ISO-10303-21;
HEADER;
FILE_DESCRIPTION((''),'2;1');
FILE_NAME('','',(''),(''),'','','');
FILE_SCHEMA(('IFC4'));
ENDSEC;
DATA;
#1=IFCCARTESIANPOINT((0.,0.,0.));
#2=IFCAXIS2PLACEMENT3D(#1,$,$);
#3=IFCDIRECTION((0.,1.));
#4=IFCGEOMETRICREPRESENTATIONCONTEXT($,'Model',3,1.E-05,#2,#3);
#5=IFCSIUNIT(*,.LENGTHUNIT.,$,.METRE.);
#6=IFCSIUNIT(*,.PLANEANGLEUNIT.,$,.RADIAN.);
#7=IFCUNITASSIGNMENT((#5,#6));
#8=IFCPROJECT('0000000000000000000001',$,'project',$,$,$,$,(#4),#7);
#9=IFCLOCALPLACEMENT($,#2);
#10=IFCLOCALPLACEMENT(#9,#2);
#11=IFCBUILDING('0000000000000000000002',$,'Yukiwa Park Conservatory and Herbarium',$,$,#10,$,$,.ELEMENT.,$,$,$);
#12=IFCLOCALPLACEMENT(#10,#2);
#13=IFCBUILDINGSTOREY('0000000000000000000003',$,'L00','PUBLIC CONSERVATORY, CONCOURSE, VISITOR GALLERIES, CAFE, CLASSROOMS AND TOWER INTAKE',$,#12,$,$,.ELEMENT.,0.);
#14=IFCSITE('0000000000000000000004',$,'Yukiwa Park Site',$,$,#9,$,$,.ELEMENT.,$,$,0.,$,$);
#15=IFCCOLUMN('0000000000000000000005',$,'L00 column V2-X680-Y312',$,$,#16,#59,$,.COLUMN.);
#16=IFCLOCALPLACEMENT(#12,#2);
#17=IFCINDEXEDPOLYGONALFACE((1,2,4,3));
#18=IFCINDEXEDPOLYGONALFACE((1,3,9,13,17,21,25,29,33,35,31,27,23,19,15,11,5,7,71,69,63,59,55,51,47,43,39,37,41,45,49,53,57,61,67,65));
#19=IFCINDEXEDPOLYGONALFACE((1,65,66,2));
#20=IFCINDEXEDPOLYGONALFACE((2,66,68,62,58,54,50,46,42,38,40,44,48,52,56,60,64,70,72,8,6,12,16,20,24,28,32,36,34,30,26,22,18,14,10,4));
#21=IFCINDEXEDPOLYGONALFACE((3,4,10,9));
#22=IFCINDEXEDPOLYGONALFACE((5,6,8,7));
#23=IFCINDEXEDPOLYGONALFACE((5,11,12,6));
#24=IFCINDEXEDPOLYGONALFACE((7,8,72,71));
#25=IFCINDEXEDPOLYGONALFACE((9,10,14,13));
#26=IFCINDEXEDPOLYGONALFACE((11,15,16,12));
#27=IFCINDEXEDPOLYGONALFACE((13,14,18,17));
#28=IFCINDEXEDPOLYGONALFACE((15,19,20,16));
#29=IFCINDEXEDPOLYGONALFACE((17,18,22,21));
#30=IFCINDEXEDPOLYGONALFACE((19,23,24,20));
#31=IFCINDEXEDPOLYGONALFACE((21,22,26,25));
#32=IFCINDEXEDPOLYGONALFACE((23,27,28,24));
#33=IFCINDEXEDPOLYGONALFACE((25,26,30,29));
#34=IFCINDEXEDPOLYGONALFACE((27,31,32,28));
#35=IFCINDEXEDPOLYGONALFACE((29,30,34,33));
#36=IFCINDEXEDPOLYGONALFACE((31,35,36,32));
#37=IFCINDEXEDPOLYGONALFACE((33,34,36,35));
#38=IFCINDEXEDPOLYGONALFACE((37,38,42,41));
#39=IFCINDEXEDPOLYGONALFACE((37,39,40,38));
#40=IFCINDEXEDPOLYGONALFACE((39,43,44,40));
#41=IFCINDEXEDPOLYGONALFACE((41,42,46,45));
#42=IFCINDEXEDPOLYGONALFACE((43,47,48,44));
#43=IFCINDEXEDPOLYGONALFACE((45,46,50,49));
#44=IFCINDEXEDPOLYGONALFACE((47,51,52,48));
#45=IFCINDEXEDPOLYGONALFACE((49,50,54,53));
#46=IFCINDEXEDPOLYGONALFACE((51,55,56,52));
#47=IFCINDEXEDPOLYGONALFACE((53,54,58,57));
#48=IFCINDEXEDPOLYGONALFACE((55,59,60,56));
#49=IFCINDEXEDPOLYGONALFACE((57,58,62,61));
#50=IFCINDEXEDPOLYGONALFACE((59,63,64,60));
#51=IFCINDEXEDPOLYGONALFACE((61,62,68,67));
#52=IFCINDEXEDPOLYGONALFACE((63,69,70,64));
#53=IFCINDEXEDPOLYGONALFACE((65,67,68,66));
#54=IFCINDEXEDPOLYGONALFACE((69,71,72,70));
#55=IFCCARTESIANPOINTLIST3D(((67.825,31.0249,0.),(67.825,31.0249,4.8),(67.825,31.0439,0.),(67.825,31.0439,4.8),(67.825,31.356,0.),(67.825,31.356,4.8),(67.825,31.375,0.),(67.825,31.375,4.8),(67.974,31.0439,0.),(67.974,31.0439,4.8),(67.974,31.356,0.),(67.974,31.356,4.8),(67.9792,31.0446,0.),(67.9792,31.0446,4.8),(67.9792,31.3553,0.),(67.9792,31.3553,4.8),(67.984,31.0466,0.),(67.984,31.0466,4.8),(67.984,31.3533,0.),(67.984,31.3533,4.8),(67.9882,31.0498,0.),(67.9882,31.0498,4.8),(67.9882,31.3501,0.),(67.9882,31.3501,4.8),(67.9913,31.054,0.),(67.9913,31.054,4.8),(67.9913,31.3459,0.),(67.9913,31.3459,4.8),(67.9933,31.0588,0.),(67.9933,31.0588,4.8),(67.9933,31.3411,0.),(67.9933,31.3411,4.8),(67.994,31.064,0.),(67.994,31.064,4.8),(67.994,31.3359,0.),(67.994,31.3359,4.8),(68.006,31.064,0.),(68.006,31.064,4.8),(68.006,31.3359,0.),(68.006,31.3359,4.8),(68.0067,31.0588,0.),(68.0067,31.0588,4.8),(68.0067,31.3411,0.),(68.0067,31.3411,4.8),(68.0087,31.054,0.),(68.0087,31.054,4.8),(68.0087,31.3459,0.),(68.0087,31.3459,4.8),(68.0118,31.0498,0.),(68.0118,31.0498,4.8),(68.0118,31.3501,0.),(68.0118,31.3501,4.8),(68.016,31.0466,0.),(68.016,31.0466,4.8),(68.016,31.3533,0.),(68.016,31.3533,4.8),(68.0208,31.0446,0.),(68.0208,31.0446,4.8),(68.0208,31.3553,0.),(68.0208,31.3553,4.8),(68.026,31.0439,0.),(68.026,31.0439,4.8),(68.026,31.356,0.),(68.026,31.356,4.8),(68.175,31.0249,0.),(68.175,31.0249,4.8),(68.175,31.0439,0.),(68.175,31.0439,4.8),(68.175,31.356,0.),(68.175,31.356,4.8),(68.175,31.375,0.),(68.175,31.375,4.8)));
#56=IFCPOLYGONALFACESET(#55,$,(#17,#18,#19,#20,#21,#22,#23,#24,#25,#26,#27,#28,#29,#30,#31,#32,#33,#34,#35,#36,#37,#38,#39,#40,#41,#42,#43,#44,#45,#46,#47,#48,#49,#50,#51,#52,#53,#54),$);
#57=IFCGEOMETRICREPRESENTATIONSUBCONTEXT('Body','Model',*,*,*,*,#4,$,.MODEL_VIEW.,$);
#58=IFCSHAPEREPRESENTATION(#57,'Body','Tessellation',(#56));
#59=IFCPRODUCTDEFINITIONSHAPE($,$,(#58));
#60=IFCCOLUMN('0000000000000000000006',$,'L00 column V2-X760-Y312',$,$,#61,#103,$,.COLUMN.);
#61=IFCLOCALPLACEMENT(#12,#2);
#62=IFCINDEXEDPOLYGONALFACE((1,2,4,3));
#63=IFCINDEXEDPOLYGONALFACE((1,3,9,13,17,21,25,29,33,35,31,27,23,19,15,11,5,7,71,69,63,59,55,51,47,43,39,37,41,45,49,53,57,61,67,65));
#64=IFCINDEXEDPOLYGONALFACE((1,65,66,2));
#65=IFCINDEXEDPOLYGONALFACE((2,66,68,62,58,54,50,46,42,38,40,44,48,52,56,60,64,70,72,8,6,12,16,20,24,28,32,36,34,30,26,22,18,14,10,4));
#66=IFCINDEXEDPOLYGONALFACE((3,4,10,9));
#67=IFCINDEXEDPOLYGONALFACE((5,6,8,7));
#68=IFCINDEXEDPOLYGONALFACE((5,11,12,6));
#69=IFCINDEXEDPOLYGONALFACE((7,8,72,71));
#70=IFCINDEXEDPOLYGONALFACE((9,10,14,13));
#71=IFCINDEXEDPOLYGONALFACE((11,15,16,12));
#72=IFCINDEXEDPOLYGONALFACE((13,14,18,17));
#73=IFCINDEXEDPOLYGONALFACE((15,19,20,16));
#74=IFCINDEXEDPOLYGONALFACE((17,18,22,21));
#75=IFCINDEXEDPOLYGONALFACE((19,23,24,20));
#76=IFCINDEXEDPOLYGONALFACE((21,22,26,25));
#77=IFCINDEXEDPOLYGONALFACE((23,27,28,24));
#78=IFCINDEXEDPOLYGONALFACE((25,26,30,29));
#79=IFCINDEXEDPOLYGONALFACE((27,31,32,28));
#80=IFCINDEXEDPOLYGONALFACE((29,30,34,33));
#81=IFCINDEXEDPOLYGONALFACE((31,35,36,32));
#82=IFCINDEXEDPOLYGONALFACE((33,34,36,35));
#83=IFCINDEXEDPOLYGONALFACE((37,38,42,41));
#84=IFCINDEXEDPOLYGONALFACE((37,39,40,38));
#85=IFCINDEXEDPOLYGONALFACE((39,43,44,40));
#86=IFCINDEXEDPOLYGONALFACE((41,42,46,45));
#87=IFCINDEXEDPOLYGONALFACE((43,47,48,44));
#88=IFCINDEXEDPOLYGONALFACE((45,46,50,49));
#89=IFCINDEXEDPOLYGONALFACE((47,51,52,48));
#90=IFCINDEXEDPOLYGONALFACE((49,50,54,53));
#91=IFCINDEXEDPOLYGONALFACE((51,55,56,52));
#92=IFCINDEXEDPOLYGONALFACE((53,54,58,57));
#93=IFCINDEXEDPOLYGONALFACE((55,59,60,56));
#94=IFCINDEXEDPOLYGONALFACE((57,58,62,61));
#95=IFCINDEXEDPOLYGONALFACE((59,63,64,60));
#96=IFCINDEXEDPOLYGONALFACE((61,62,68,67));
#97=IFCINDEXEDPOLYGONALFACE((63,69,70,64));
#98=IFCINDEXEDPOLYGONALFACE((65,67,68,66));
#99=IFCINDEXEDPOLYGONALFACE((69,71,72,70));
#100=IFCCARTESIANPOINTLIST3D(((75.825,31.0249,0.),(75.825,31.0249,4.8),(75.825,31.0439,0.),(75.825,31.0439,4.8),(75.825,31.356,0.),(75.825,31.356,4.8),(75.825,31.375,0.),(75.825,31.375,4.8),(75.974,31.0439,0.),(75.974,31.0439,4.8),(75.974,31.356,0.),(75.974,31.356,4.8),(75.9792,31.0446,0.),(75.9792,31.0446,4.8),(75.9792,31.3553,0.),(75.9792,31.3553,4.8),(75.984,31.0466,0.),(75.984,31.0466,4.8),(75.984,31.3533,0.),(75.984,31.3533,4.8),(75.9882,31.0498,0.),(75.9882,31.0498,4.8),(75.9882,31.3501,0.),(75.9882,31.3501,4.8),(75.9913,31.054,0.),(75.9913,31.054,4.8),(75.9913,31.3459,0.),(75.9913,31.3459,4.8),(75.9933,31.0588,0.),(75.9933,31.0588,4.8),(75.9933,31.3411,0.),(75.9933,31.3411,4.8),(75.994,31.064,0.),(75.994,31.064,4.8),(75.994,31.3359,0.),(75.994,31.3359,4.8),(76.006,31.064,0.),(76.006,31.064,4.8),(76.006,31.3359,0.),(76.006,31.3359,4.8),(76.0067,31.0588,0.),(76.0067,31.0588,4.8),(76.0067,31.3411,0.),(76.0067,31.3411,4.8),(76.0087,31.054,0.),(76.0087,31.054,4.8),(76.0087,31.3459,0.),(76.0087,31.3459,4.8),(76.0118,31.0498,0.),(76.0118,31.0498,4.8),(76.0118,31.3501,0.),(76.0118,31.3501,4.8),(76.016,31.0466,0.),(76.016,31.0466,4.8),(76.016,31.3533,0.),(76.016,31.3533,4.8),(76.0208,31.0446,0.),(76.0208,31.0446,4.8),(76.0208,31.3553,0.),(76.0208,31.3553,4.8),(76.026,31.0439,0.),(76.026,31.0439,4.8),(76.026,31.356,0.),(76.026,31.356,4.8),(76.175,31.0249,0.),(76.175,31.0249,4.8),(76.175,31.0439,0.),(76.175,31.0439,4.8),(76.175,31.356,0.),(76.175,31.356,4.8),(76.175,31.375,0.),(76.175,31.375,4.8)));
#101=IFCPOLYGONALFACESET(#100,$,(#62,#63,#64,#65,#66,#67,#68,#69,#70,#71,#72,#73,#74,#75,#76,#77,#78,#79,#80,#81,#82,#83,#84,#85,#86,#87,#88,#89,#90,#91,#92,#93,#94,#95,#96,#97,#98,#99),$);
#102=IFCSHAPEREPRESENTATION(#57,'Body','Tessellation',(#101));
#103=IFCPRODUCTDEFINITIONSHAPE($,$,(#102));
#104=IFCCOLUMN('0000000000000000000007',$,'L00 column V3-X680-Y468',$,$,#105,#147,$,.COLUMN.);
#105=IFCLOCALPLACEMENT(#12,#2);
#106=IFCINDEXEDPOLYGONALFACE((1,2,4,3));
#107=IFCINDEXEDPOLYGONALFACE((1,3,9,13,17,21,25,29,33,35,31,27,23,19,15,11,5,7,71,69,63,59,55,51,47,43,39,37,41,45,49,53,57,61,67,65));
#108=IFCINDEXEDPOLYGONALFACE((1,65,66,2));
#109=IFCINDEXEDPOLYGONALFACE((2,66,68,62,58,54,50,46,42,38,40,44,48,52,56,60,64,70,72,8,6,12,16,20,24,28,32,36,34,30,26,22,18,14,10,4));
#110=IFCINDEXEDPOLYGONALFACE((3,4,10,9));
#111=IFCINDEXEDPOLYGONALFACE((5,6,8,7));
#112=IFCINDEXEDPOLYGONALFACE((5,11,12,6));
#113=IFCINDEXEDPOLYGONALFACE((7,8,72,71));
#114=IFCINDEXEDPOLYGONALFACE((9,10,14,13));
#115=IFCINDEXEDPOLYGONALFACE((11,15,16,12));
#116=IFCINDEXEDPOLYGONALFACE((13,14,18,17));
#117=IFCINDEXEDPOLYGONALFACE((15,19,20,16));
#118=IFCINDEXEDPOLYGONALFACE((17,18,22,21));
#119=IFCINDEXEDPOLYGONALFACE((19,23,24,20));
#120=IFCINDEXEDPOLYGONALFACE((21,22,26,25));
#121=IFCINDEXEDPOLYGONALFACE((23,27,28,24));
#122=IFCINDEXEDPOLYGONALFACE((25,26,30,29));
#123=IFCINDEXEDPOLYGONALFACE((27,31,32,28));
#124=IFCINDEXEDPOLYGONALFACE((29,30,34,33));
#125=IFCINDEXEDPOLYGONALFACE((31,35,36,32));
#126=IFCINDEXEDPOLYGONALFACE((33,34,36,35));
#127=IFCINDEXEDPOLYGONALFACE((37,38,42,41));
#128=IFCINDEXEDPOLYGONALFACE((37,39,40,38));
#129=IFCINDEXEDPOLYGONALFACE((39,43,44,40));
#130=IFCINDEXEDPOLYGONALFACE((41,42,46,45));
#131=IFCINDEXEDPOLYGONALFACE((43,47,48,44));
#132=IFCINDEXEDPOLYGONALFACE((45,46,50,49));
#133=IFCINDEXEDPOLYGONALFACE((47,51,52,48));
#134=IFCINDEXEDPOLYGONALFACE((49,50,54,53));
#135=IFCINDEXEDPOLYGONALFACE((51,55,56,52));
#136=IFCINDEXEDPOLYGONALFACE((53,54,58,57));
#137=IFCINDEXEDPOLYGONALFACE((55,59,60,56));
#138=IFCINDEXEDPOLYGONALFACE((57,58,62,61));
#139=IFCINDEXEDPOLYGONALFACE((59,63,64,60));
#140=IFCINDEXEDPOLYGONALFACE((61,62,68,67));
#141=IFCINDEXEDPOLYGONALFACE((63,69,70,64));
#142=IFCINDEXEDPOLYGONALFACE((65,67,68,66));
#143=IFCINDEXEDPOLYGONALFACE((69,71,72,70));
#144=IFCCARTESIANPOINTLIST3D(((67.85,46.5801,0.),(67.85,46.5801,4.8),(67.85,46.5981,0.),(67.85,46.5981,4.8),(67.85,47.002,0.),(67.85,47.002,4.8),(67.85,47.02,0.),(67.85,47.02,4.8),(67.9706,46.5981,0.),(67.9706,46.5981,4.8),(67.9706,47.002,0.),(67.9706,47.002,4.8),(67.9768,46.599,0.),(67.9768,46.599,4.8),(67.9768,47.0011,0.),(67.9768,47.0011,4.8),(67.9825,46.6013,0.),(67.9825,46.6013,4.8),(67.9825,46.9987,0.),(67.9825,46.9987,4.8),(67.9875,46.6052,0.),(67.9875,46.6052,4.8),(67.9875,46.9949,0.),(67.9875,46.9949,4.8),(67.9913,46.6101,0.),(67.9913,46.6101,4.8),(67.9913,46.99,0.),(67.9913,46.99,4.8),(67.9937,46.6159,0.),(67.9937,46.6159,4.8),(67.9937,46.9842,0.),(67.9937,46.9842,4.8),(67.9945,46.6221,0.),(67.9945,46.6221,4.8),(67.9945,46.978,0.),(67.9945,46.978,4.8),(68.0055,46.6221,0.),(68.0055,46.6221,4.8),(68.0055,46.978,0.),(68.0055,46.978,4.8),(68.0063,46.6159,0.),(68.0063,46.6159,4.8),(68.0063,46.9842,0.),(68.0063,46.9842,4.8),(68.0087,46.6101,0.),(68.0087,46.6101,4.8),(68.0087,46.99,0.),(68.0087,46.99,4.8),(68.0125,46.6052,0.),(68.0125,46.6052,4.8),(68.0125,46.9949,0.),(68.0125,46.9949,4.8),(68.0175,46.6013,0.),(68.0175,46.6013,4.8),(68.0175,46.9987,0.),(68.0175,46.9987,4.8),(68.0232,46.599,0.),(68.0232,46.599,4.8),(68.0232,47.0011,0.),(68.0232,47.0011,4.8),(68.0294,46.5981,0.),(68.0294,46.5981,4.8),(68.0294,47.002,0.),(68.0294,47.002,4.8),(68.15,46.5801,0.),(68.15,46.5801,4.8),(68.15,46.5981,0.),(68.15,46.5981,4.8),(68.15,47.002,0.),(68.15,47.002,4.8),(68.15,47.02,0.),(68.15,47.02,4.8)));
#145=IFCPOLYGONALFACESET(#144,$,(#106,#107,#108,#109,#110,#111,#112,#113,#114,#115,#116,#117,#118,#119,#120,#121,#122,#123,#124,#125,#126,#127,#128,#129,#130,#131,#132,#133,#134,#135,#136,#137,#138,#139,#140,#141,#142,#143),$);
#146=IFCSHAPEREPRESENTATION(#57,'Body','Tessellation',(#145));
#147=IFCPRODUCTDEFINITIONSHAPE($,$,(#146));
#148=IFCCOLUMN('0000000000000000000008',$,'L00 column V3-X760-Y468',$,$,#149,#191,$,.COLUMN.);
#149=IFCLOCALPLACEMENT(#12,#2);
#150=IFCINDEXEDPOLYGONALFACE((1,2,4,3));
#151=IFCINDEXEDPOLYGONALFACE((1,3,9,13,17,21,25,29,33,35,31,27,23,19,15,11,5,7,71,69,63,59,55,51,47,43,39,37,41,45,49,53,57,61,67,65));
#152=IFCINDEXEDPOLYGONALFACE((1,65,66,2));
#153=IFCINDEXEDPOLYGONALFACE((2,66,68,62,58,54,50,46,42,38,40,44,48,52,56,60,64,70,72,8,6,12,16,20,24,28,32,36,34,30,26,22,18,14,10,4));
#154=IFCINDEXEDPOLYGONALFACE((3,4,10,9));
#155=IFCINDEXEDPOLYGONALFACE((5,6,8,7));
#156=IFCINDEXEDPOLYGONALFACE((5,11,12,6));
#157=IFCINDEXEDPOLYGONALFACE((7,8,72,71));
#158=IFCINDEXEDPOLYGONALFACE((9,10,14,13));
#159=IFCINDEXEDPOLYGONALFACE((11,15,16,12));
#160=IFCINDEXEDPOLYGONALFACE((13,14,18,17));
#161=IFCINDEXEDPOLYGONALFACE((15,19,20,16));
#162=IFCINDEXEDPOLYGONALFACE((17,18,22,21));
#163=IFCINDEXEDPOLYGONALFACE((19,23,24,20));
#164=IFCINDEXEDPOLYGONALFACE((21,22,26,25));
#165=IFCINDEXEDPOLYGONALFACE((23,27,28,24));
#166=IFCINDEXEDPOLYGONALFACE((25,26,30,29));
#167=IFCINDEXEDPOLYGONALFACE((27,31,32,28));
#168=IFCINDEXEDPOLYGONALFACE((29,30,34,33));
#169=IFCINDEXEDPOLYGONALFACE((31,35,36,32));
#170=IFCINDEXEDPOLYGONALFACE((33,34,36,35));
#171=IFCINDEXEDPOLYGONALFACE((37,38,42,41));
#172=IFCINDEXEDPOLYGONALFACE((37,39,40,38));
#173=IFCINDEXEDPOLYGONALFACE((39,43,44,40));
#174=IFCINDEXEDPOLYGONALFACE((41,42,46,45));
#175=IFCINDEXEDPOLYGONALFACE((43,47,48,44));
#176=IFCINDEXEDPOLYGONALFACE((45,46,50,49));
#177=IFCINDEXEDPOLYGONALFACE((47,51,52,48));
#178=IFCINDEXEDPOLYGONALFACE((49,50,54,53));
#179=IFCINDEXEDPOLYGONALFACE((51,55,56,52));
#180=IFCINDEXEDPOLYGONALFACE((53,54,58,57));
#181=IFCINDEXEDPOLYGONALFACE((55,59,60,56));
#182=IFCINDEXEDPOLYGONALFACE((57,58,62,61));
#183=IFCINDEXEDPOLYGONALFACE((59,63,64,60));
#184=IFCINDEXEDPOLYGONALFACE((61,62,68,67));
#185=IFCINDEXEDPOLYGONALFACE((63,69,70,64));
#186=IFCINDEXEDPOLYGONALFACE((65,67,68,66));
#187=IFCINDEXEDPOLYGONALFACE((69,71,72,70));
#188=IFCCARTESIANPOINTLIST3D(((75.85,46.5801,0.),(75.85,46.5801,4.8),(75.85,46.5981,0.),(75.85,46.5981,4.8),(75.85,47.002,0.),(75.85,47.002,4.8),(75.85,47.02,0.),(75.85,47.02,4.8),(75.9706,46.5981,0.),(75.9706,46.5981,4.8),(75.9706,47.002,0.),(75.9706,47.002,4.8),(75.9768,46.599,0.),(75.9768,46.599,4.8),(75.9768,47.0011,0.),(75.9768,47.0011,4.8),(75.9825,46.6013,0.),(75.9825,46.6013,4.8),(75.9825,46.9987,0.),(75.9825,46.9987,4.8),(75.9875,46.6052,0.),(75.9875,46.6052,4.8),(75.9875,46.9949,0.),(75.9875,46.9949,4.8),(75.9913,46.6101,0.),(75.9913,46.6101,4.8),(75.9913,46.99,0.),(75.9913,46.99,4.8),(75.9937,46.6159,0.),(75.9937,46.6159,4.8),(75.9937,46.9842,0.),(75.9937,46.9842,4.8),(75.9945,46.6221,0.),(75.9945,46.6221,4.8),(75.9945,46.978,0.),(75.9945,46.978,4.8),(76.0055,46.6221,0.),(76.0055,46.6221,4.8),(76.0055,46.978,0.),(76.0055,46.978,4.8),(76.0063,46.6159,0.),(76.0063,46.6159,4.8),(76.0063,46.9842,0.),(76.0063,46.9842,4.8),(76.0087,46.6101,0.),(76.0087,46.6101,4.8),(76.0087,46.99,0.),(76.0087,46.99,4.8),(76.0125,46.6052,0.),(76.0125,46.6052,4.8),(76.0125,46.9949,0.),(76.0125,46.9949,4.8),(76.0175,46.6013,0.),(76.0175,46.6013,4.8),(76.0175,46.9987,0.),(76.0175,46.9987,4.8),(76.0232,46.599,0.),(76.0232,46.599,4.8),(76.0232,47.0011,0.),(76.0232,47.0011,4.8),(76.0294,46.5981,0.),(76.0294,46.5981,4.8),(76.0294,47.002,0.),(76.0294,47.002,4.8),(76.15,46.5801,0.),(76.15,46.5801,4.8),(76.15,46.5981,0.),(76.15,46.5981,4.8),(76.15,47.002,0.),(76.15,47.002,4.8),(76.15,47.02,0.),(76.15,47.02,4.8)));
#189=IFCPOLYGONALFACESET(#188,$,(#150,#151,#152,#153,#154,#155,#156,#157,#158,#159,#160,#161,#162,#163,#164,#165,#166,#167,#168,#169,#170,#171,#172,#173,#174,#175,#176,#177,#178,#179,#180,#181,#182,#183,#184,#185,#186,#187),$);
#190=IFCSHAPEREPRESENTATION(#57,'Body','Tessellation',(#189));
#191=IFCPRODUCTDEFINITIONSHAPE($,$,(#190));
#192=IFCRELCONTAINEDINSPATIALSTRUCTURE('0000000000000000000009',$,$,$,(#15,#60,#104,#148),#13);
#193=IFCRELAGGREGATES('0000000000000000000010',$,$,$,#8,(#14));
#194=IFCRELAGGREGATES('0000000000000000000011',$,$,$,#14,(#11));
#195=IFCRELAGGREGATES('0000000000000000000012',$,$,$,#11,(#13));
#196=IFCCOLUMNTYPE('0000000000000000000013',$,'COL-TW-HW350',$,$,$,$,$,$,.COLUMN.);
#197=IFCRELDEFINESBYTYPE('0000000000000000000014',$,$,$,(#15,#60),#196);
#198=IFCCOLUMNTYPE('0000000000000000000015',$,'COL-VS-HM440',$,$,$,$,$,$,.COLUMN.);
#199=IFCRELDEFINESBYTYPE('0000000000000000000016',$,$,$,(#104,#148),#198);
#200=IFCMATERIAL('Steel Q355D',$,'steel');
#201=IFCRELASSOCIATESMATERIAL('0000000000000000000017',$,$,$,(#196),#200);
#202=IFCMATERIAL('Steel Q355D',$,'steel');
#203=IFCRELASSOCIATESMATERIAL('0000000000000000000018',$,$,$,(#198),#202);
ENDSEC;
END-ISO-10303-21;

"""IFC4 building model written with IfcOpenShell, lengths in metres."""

from ifc_helpers import new_model, si_unit, direction, frame, origin, origin_2d, place, context, subcontext, project, spatial, i_section, extrude, material, material_profile, profile_set, type_object, element, save


model = new_model("IFC4")

# Units and contexts
model_context = context("Model", 3, precision=1e-05, world=origin(), true_north=direction((0.0, 1.0)))
body_context = subcontext(model_context, "Body", "Model", "MODEL_VIEW")
ifc_project = project(units=[si_unit("LENGTHUNIT", "METRE"), si_unit("PLANEANGLEUNIT", "RADIAN")], contexts=[model_context])

# Site, building, storey
site_placement = place(None, origin())
site = spatial("IfcSite", under=ifc_project, at=site_placement, Name="Yukiwa Park Site", CompositionType="ELEMENT", RefElevation=0.0)
building_placement = place(site_placement, origin())
building = spatial("IfcBuilding", under=site, at=building_placement, Name="Yukiwa Park Conservatory and Herbarium", CompositionType="ELEMENT")
storey_placement = place(building_placement, origin())
storey = spatial("IfcBuildingStorey", under=building, at=storey_placement, Name="L00", Description="PUBLIC CONSERVATORY, CONCOURSE, VISITOR GALLERIES, CAFE, CLASSROOMS AND TOWER INTAKE", CompositionType="ELEMENT", Elevation=0.0)

# Columns
ifc_material_1 = material(Name="Steel Q355D", Category="steel")
ifc_material_profile_1 = material_profile(ifc_material_1, i_section(OverallWidth=0.3501, OverallDepth=0.3501, WebThickness=0.012, FlangeThickness=0.019, FilletRadius=0.02, at=origin_2d()), Name="HW 350x350x12x19")
ifc_profile_set_1 = profile_set([ifc_material_profile_1], Name="Steel Q355D")
column_type_1 = type_object("IfcColumnType", Name="COL-TW-HW350", PredefinedType="COLUMN", material=ifc_profile_set_1)
for number, where, z_axis, x_axis, name in (
    (1, (68.0, 31.2, 0.0), (0.0, 0.0, 1.0), (1.0, 0.0, 0.0), "L00 column V2-X680-Y312"),
    (2, (76.0, 31.2, 0.0), (0.0, 0.0, 1.0), (1.0, 0.0, 0.0), "L00 column V2-X760-Y312"),
):
    element("IfcColumn", number, at=place(storey_placement, frame(where, z_axis=z_axis, x_axis=x_axis)), inside=storey, type_object=column_type_1, Name=name, PredefinedType="COLUMN", context=body_context, shape_type="SweptSolid", body=[
        extrude(i_section(OverallWidth=0.3501, OverallDepth=0.3501, WebThickness=0.012, FlangeThickness=0.019, FilletRadius=0.02, at=origin_2d()), origin(), (0.0, 0.0, 1.0), 4.8),
    ])
ifc_material_2 = material(Name="Steel Q355D", Category="steel")
ifc_material_profile_2 = material_profile(ifc_material_2, i_section(OverallWidth=0.3, OverallDepth=0.4399, WebThickness=0.011, FlangeThickness=0.0181, FilletRadius=0.0239, at=origin_2d()), Name="HM 440x300x11x18")
ifc_profile_set_2 = profile_set([ifc_material_profile_2], Name="Steel Q355D")
column_type_2 = type_object("IfcColumnType", Name="COL-VS-HM440", PredefinedType="COLUMN", material=ifc_profile_set_2)
for number, where, z_axis, x_axis, name in (
    (3, (68.0, 46.8, 0.0), (0.0, 0.0, 1.0), (1.0, 0.0, 0.0), "L00 column V3-X680-Y468"),
    (4, (76.0, 46.8, 0.0), (0.0, 0.0, 1.0), (1.0, 0.0, 0.0), "L00 column V3-X760-Y468"),
):
    element("IfcColumn", number, at=place(storey_placement, frame(where, z_axis=z_axis, x_axis=x_axis)), inside=storey, type_object=column_type_2, Name=name, PredefinedType="COLUMN", context=body_context, shape_type="SweptSolid", body=[
        extrude(i_section(OverallWidth=0.3, OverallDepth=0.4399, WebThickness=0.011, FlangeThickness=0.0181, FilletRadius=0.0239, at=origin_2d()), origin(), (0.0, 0.0, 1.0), 4.8),
    ])

save(model, "model.ifc")
